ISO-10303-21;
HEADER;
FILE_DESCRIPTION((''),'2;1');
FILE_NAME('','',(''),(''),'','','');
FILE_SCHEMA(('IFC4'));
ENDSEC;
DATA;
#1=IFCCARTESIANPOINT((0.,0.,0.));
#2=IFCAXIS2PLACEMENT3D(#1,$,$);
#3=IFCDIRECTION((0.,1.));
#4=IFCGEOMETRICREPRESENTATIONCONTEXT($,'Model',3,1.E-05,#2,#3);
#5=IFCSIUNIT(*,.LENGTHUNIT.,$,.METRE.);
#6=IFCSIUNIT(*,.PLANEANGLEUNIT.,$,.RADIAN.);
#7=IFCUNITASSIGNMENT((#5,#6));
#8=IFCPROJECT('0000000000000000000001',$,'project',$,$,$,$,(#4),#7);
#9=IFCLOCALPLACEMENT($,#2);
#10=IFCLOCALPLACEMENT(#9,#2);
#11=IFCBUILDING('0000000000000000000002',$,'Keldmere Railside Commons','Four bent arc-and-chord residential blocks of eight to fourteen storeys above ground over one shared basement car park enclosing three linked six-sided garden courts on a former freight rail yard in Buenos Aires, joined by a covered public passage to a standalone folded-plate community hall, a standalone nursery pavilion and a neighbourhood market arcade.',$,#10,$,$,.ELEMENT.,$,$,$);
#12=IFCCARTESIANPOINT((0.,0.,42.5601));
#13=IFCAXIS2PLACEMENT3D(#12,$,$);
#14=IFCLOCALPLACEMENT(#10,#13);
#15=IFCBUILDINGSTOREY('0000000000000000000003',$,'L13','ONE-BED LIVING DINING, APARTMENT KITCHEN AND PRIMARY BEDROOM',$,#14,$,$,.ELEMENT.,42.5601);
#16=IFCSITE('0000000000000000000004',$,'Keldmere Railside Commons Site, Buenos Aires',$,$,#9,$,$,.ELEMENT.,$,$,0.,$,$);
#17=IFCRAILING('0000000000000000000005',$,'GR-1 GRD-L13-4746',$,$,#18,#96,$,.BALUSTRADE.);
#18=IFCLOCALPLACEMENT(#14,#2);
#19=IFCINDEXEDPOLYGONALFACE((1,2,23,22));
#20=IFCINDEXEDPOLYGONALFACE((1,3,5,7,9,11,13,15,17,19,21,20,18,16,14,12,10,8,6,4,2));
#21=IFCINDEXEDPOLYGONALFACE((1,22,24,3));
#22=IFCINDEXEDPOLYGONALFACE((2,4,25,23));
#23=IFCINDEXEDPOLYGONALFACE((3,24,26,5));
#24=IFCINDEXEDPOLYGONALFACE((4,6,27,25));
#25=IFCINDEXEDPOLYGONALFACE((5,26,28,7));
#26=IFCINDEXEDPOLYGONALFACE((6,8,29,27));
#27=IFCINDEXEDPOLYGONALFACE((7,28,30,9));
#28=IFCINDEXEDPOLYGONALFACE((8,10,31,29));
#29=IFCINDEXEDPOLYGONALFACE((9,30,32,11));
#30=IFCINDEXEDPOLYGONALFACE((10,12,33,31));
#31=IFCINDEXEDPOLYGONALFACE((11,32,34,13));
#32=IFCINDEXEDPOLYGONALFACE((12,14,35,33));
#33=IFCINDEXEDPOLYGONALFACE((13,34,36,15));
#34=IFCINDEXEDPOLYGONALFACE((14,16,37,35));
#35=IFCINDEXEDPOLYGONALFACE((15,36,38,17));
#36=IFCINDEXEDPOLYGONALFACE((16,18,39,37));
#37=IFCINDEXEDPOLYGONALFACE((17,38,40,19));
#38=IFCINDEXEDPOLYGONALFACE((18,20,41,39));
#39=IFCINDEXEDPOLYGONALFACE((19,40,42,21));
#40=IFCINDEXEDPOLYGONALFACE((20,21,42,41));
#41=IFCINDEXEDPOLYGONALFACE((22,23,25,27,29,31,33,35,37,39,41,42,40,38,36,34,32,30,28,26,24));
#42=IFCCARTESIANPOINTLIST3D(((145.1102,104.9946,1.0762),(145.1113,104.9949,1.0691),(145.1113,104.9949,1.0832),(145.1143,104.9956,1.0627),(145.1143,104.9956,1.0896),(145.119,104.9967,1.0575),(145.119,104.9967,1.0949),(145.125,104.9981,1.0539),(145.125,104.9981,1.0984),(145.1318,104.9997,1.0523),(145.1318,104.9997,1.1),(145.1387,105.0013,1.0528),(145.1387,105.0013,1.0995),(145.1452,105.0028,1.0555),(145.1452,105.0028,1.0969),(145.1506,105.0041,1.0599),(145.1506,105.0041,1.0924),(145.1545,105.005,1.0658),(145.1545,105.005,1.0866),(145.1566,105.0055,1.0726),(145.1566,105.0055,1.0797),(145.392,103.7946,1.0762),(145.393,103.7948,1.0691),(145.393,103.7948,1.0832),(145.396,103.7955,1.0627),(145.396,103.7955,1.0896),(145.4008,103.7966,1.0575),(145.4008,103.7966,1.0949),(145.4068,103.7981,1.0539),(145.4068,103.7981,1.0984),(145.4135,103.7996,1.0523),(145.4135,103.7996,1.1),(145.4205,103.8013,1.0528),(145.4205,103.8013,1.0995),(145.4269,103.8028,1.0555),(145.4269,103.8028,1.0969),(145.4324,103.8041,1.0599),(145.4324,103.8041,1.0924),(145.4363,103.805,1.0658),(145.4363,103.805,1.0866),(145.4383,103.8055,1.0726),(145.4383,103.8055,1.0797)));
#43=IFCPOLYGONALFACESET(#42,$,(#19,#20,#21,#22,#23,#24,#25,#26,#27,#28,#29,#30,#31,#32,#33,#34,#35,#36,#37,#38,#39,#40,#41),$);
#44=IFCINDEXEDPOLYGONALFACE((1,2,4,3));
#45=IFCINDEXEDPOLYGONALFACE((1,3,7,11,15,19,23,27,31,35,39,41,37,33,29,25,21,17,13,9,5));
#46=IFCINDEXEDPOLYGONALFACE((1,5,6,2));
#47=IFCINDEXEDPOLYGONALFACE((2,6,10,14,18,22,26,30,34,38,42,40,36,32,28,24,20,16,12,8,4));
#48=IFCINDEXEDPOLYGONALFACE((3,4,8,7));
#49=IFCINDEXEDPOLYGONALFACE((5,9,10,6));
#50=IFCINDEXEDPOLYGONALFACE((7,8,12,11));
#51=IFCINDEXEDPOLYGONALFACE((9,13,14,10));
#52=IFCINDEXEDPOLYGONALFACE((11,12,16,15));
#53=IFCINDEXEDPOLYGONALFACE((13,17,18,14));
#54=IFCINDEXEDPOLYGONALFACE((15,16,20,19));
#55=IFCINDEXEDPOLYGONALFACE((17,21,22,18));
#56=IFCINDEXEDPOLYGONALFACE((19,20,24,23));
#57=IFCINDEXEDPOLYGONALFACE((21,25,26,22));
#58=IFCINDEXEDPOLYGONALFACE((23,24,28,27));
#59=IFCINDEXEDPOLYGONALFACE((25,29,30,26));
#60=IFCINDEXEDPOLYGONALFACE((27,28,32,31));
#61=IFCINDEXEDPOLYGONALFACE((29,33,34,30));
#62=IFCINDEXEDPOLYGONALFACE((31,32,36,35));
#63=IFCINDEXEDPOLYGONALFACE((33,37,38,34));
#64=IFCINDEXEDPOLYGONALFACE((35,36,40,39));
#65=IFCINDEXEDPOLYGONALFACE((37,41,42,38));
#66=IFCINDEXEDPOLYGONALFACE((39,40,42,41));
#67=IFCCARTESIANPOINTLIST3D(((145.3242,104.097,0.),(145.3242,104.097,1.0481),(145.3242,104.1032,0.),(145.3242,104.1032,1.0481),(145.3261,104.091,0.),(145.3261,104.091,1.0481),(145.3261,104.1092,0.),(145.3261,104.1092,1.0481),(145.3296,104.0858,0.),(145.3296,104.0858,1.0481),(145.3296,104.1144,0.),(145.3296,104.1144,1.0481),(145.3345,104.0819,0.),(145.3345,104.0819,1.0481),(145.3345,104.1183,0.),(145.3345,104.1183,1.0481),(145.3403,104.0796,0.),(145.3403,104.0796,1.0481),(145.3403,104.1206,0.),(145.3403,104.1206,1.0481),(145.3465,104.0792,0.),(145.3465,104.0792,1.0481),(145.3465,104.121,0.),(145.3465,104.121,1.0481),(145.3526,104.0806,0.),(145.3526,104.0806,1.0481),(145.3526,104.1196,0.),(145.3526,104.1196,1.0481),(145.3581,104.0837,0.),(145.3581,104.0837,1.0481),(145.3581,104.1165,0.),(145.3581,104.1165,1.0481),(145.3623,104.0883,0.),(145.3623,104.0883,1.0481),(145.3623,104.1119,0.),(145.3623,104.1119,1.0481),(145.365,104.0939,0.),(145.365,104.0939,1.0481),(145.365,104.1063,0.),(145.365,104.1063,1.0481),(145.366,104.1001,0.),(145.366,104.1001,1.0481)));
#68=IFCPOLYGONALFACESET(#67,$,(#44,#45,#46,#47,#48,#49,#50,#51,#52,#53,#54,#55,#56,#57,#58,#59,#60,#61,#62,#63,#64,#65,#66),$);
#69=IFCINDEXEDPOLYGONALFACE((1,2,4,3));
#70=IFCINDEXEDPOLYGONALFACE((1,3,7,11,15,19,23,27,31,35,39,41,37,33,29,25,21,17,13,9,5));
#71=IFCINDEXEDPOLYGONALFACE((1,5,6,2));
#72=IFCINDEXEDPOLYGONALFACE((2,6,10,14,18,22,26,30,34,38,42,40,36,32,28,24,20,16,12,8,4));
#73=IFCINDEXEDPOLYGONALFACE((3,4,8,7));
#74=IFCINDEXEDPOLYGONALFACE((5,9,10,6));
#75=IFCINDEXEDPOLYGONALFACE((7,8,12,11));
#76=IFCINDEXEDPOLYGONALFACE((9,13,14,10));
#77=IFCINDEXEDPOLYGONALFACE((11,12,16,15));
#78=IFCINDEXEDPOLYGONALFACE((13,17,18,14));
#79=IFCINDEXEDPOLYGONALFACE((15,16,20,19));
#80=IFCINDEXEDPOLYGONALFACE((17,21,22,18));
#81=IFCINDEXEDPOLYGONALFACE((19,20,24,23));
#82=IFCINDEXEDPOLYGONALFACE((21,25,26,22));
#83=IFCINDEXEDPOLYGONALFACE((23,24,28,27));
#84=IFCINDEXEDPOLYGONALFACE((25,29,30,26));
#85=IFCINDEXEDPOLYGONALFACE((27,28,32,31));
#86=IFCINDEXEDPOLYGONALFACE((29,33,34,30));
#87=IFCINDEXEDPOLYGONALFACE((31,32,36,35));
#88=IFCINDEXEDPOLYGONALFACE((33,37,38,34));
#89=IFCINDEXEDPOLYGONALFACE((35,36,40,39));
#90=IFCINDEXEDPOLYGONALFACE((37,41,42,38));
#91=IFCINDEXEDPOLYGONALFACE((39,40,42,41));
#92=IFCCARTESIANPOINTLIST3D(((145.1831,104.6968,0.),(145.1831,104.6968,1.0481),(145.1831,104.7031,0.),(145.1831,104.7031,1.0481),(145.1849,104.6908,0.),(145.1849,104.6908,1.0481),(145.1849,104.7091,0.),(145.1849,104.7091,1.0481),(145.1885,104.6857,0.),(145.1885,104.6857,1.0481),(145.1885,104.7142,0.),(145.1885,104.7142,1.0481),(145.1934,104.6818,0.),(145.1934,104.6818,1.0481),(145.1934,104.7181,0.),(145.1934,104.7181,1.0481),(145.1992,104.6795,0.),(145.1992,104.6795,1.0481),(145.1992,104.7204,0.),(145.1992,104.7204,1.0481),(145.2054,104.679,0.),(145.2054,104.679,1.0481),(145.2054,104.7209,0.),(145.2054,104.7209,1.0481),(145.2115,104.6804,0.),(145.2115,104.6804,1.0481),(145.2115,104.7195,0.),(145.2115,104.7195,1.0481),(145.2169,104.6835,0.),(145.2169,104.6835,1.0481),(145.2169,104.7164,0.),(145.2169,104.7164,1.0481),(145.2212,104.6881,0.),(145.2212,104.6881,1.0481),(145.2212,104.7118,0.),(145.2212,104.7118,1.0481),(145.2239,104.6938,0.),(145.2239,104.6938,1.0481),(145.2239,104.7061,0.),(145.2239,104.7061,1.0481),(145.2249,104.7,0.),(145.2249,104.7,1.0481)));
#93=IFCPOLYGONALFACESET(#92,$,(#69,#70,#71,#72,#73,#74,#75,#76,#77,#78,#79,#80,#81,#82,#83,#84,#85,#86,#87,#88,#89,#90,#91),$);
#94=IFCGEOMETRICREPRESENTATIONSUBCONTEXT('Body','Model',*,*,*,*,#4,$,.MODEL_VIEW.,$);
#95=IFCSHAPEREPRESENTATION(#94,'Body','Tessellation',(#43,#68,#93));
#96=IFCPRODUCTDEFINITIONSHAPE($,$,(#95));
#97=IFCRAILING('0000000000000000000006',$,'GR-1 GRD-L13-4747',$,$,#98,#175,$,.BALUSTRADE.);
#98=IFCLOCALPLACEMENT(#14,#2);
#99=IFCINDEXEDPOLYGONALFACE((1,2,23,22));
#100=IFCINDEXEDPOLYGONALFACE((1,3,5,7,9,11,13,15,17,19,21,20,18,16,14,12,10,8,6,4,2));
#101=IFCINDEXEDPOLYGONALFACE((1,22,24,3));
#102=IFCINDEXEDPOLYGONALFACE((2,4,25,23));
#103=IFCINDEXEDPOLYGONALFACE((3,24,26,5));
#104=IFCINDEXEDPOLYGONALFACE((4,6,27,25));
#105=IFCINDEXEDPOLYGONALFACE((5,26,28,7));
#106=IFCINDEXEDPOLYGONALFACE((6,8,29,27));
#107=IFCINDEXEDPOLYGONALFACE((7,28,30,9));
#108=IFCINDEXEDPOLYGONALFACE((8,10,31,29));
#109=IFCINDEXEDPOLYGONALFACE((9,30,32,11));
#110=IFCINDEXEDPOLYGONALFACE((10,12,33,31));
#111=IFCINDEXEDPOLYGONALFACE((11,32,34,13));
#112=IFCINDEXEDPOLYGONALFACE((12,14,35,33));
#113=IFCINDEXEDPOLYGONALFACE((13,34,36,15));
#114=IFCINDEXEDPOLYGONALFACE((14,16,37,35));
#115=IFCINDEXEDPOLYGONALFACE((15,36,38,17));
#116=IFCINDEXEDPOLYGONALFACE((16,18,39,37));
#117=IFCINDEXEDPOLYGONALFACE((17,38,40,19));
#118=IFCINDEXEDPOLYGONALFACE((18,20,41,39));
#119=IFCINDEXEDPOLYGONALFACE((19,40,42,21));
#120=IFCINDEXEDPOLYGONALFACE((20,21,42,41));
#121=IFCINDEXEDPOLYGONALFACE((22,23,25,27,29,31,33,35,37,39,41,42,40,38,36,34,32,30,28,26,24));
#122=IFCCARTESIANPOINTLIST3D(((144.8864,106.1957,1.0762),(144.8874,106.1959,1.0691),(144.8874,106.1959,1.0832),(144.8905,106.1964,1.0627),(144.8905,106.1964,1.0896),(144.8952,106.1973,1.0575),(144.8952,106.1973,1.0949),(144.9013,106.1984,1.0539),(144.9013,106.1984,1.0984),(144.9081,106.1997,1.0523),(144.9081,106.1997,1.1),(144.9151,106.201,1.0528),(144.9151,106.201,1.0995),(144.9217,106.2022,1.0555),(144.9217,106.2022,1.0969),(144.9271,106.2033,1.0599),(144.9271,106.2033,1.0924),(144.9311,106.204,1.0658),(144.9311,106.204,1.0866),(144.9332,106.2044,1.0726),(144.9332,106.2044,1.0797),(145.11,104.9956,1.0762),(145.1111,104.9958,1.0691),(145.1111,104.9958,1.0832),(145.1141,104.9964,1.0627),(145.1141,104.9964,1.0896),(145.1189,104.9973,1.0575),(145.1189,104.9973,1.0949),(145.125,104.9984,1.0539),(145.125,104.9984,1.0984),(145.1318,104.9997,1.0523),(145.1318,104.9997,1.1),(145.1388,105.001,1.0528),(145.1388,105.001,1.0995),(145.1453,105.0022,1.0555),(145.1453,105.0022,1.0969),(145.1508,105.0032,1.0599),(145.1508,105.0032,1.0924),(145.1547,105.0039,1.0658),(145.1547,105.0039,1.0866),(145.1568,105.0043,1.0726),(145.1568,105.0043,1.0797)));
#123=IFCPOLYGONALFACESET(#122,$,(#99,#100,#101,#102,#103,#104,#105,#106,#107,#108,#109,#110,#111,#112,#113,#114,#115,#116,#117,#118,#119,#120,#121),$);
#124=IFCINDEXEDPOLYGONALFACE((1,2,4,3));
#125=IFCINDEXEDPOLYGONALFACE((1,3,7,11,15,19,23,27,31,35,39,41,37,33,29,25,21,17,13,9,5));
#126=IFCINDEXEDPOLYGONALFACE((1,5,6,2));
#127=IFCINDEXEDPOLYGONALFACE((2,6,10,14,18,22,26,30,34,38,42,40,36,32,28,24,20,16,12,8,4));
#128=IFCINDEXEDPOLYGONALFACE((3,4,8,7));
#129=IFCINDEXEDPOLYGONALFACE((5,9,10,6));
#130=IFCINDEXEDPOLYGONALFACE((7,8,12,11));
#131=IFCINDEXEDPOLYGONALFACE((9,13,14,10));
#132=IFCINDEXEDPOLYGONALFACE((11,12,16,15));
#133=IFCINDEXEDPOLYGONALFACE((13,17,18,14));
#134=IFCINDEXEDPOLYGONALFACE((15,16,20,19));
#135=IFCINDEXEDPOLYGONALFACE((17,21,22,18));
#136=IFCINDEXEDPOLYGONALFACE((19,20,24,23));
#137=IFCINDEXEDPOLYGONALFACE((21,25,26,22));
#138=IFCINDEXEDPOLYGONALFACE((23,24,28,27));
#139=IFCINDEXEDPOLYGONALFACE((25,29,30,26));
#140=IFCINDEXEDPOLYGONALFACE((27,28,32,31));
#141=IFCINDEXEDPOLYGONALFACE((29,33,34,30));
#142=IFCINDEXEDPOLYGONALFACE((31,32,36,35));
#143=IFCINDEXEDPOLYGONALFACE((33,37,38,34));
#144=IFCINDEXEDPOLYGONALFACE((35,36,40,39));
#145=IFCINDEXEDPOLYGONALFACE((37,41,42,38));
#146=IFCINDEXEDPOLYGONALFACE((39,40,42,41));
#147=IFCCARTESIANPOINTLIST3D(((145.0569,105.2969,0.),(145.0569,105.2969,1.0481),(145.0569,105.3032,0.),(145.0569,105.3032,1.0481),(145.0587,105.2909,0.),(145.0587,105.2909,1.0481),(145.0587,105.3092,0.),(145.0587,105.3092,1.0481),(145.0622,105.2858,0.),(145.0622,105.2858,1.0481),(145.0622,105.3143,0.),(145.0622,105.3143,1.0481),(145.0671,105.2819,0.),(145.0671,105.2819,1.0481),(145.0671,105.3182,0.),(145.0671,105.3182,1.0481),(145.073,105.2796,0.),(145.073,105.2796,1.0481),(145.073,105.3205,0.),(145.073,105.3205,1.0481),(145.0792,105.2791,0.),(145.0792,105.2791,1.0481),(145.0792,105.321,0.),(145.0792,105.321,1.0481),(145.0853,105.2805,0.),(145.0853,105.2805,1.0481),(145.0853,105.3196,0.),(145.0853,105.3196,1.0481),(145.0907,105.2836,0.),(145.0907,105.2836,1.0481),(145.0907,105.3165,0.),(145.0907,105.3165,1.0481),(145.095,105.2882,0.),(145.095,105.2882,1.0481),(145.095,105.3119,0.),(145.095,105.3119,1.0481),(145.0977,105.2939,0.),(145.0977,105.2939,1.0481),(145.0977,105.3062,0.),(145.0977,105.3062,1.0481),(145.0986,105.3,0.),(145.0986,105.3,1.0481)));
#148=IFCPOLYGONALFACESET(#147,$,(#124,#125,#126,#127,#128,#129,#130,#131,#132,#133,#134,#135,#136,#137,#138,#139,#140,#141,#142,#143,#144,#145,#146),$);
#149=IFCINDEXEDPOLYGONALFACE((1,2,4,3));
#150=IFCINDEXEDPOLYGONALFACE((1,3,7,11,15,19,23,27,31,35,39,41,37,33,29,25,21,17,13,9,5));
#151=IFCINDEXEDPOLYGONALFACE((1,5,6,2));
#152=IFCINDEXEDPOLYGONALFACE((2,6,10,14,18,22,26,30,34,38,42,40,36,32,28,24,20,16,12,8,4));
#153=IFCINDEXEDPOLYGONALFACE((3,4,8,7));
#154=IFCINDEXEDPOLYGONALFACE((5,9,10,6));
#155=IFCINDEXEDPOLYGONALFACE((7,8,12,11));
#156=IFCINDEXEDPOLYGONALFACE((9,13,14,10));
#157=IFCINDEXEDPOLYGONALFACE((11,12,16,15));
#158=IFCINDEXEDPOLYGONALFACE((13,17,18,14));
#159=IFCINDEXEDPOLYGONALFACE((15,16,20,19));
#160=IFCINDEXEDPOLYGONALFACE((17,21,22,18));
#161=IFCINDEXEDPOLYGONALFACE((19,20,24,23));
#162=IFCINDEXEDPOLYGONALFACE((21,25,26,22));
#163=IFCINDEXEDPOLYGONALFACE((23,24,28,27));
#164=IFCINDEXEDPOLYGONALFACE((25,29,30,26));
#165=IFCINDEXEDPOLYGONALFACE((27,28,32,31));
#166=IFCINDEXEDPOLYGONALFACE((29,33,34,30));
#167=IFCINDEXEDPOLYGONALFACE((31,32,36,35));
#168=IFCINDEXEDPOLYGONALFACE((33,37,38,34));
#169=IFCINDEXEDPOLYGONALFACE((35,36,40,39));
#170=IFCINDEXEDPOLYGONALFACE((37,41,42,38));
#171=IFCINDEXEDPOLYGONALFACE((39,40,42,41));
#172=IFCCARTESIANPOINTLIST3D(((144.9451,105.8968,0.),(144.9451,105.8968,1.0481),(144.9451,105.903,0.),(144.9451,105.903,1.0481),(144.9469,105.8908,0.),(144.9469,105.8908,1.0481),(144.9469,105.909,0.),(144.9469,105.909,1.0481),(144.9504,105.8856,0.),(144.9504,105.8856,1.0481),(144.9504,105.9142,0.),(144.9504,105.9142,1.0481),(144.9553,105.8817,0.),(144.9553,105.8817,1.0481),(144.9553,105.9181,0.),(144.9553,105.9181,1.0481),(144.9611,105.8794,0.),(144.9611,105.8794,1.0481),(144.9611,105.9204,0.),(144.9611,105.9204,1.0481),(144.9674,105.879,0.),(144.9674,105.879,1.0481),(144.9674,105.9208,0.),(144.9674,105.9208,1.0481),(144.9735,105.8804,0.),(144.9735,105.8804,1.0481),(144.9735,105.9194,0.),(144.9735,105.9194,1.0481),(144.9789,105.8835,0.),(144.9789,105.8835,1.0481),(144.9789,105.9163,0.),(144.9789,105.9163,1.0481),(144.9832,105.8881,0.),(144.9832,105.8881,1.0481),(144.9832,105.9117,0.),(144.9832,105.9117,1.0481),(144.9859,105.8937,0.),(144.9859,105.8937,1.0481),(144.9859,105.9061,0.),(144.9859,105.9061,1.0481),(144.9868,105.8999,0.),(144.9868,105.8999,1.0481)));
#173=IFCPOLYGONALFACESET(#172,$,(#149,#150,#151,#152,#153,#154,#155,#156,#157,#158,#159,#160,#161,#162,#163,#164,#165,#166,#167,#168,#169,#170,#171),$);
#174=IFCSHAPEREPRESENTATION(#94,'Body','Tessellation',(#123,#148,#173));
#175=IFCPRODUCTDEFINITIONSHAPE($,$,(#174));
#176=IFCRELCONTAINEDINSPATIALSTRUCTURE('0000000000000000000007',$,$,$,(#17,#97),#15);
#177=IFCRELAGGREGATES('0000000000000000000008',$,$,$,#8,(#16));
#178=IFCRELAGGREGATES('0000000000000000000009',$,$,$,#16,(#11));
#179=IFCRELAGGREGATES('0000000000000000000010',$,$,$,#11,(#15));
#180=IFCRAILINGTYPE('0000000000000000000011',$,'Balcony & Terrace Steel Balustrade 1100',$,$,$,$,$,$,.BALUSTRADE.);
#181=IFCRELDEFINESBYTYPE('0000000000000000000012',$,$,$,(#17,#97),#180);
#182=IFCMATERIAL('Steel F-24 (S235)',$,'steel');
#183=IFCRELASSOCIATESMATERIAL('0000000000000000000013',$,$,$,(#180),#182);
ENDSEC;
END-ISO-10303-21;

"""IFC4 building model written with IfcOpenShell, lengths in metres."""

from ifc_helpers import new_model, si_unit, direction, frame, origin, origin_2d, place, context, subcontext, project, spatial, circle, extrude, material, type_object, element, save


model = new_model("IFC4")

# Units and contexts
model_context = context("Model", 3, precision=1e-05, world=origin(), true_north=direction((0.0, 1.0)))
body_context = subcontext(model_context, "Body", "Model", "MODEL_VIEW")
ifc_project = project(units=[si_unit("LENGTHUNIT", "METRE"), si_unit("PLANEANGLEUNIT", "RADIAN")], contexts=[model_context])

# Site, building, storey
site_placement = place(None, origin())
site = spatial("IfcSite", under=ifc_project, at=site_placement, Name="Keldmere Railside Commons Site, Buenos Aires", CompositionType="ELEMENT", RefElevation=0.0)
building_placement = place(site_placement, origin())
building = spatial("IfcBuilding", under=site, at=building_placement, Name="Keldmere Railside Commons", Description="Four bent arc-and-chord residential blocks of eight to fourteen storeys above ground over one shared basement car park enclosing three linked six-sided garden courts on a former freight rail yard in Buenos Aires, joined by a covered public passage to a standalone folded-plate community hall, a standalone nursery pavilion and a neighbourhood market arcade.", CompositionType="ELEMENT")
storey_placement = place(building_placement, frame((0.0, 0.0, 42.5601)))
storey = spatial("IfcBuildingStorey", under=building, at=storey_placement, Name="L13", Description="ONE-BED LIVING DINING, APARTMENT KITCHEN AND PRIMARY BEDROOM", CompositionType="ELEMENT", Elevation=42.5601)

# Railings
ifc_material_1 = material(Name="Steel F-24 (S235)", Category="steel")
railing_type = type_object("IfcRailingType", Name="Balcony & Terrace Steel Balustrade 1100", PredefinedType="BALUSTRADE", material=ifc_material_1)
railing_1_placement = place(storey_placement, frame((145.4153, 103.8, 0.0)))
element("IfcRailing", 1, at=railing_1_placement, inside=storey, type_object=railing_type, Name="GR-1 GRD-L13-4746", PredefinedType="BALUSTRADE", context=body_context, shape_type="SweptSolid", body=[
    extrude(circle(Radius=0.0239, at=origin_2d()), frame((0.0, 0.0, 1.0762), z_axis=(-0.228576, 0.973526, 0.0), x_axis=(-0.973526, -0.228576, 0.0)), (0.0, 0.0, 1.0), 1.2327),
    extrude(circle(Radius=0.021, at=origin_2d()), frame((-0.0703, 0.3, 0.0)), (0.0, 0.0, 1.0), 1.0481),
    extrude(circle(Radius=0.021, at=origin_2d()), frame((-0.2114, 0.8999, 0.0)), (0.0, 0.0, 1.0), 1.0481),
])
railing_2_placement = place(storey_placement, frame((145.1335, 105.0, 0.0)))
element("IfcRailing", 2, at=railing_2_placement, inside=storey, type_object=railing_type, Name="GR-1 GRD-L13-4747", PredefinedType="BALUSTRADE", context=body_context, shape_type="SweptSolid", body=[
    extrude(circle(Radius=0.0239, at=origin_2d()), frame((0.0, 0.0, 1.0762), z_axis=(-0.183214, 0.983073, 0.0), x_axis=(-0.983073, -0.183214, 0.0)), (0.0, 0.0, 1.0), 1.2207),
    extrude(circle(Radius=0.021, at=origin_2d()), frame((-0.0559, 0.3, 0.0)), (0.0, 0.0, 1.0), 1.0481),
    extrude(circle(Radius=0.021, at=origin_2d()), frame((-0.1677, 0.8999, 0.0)), (0.0, 0.0, 1.0), 1.0481),
])

save(model, "model.ifc")
